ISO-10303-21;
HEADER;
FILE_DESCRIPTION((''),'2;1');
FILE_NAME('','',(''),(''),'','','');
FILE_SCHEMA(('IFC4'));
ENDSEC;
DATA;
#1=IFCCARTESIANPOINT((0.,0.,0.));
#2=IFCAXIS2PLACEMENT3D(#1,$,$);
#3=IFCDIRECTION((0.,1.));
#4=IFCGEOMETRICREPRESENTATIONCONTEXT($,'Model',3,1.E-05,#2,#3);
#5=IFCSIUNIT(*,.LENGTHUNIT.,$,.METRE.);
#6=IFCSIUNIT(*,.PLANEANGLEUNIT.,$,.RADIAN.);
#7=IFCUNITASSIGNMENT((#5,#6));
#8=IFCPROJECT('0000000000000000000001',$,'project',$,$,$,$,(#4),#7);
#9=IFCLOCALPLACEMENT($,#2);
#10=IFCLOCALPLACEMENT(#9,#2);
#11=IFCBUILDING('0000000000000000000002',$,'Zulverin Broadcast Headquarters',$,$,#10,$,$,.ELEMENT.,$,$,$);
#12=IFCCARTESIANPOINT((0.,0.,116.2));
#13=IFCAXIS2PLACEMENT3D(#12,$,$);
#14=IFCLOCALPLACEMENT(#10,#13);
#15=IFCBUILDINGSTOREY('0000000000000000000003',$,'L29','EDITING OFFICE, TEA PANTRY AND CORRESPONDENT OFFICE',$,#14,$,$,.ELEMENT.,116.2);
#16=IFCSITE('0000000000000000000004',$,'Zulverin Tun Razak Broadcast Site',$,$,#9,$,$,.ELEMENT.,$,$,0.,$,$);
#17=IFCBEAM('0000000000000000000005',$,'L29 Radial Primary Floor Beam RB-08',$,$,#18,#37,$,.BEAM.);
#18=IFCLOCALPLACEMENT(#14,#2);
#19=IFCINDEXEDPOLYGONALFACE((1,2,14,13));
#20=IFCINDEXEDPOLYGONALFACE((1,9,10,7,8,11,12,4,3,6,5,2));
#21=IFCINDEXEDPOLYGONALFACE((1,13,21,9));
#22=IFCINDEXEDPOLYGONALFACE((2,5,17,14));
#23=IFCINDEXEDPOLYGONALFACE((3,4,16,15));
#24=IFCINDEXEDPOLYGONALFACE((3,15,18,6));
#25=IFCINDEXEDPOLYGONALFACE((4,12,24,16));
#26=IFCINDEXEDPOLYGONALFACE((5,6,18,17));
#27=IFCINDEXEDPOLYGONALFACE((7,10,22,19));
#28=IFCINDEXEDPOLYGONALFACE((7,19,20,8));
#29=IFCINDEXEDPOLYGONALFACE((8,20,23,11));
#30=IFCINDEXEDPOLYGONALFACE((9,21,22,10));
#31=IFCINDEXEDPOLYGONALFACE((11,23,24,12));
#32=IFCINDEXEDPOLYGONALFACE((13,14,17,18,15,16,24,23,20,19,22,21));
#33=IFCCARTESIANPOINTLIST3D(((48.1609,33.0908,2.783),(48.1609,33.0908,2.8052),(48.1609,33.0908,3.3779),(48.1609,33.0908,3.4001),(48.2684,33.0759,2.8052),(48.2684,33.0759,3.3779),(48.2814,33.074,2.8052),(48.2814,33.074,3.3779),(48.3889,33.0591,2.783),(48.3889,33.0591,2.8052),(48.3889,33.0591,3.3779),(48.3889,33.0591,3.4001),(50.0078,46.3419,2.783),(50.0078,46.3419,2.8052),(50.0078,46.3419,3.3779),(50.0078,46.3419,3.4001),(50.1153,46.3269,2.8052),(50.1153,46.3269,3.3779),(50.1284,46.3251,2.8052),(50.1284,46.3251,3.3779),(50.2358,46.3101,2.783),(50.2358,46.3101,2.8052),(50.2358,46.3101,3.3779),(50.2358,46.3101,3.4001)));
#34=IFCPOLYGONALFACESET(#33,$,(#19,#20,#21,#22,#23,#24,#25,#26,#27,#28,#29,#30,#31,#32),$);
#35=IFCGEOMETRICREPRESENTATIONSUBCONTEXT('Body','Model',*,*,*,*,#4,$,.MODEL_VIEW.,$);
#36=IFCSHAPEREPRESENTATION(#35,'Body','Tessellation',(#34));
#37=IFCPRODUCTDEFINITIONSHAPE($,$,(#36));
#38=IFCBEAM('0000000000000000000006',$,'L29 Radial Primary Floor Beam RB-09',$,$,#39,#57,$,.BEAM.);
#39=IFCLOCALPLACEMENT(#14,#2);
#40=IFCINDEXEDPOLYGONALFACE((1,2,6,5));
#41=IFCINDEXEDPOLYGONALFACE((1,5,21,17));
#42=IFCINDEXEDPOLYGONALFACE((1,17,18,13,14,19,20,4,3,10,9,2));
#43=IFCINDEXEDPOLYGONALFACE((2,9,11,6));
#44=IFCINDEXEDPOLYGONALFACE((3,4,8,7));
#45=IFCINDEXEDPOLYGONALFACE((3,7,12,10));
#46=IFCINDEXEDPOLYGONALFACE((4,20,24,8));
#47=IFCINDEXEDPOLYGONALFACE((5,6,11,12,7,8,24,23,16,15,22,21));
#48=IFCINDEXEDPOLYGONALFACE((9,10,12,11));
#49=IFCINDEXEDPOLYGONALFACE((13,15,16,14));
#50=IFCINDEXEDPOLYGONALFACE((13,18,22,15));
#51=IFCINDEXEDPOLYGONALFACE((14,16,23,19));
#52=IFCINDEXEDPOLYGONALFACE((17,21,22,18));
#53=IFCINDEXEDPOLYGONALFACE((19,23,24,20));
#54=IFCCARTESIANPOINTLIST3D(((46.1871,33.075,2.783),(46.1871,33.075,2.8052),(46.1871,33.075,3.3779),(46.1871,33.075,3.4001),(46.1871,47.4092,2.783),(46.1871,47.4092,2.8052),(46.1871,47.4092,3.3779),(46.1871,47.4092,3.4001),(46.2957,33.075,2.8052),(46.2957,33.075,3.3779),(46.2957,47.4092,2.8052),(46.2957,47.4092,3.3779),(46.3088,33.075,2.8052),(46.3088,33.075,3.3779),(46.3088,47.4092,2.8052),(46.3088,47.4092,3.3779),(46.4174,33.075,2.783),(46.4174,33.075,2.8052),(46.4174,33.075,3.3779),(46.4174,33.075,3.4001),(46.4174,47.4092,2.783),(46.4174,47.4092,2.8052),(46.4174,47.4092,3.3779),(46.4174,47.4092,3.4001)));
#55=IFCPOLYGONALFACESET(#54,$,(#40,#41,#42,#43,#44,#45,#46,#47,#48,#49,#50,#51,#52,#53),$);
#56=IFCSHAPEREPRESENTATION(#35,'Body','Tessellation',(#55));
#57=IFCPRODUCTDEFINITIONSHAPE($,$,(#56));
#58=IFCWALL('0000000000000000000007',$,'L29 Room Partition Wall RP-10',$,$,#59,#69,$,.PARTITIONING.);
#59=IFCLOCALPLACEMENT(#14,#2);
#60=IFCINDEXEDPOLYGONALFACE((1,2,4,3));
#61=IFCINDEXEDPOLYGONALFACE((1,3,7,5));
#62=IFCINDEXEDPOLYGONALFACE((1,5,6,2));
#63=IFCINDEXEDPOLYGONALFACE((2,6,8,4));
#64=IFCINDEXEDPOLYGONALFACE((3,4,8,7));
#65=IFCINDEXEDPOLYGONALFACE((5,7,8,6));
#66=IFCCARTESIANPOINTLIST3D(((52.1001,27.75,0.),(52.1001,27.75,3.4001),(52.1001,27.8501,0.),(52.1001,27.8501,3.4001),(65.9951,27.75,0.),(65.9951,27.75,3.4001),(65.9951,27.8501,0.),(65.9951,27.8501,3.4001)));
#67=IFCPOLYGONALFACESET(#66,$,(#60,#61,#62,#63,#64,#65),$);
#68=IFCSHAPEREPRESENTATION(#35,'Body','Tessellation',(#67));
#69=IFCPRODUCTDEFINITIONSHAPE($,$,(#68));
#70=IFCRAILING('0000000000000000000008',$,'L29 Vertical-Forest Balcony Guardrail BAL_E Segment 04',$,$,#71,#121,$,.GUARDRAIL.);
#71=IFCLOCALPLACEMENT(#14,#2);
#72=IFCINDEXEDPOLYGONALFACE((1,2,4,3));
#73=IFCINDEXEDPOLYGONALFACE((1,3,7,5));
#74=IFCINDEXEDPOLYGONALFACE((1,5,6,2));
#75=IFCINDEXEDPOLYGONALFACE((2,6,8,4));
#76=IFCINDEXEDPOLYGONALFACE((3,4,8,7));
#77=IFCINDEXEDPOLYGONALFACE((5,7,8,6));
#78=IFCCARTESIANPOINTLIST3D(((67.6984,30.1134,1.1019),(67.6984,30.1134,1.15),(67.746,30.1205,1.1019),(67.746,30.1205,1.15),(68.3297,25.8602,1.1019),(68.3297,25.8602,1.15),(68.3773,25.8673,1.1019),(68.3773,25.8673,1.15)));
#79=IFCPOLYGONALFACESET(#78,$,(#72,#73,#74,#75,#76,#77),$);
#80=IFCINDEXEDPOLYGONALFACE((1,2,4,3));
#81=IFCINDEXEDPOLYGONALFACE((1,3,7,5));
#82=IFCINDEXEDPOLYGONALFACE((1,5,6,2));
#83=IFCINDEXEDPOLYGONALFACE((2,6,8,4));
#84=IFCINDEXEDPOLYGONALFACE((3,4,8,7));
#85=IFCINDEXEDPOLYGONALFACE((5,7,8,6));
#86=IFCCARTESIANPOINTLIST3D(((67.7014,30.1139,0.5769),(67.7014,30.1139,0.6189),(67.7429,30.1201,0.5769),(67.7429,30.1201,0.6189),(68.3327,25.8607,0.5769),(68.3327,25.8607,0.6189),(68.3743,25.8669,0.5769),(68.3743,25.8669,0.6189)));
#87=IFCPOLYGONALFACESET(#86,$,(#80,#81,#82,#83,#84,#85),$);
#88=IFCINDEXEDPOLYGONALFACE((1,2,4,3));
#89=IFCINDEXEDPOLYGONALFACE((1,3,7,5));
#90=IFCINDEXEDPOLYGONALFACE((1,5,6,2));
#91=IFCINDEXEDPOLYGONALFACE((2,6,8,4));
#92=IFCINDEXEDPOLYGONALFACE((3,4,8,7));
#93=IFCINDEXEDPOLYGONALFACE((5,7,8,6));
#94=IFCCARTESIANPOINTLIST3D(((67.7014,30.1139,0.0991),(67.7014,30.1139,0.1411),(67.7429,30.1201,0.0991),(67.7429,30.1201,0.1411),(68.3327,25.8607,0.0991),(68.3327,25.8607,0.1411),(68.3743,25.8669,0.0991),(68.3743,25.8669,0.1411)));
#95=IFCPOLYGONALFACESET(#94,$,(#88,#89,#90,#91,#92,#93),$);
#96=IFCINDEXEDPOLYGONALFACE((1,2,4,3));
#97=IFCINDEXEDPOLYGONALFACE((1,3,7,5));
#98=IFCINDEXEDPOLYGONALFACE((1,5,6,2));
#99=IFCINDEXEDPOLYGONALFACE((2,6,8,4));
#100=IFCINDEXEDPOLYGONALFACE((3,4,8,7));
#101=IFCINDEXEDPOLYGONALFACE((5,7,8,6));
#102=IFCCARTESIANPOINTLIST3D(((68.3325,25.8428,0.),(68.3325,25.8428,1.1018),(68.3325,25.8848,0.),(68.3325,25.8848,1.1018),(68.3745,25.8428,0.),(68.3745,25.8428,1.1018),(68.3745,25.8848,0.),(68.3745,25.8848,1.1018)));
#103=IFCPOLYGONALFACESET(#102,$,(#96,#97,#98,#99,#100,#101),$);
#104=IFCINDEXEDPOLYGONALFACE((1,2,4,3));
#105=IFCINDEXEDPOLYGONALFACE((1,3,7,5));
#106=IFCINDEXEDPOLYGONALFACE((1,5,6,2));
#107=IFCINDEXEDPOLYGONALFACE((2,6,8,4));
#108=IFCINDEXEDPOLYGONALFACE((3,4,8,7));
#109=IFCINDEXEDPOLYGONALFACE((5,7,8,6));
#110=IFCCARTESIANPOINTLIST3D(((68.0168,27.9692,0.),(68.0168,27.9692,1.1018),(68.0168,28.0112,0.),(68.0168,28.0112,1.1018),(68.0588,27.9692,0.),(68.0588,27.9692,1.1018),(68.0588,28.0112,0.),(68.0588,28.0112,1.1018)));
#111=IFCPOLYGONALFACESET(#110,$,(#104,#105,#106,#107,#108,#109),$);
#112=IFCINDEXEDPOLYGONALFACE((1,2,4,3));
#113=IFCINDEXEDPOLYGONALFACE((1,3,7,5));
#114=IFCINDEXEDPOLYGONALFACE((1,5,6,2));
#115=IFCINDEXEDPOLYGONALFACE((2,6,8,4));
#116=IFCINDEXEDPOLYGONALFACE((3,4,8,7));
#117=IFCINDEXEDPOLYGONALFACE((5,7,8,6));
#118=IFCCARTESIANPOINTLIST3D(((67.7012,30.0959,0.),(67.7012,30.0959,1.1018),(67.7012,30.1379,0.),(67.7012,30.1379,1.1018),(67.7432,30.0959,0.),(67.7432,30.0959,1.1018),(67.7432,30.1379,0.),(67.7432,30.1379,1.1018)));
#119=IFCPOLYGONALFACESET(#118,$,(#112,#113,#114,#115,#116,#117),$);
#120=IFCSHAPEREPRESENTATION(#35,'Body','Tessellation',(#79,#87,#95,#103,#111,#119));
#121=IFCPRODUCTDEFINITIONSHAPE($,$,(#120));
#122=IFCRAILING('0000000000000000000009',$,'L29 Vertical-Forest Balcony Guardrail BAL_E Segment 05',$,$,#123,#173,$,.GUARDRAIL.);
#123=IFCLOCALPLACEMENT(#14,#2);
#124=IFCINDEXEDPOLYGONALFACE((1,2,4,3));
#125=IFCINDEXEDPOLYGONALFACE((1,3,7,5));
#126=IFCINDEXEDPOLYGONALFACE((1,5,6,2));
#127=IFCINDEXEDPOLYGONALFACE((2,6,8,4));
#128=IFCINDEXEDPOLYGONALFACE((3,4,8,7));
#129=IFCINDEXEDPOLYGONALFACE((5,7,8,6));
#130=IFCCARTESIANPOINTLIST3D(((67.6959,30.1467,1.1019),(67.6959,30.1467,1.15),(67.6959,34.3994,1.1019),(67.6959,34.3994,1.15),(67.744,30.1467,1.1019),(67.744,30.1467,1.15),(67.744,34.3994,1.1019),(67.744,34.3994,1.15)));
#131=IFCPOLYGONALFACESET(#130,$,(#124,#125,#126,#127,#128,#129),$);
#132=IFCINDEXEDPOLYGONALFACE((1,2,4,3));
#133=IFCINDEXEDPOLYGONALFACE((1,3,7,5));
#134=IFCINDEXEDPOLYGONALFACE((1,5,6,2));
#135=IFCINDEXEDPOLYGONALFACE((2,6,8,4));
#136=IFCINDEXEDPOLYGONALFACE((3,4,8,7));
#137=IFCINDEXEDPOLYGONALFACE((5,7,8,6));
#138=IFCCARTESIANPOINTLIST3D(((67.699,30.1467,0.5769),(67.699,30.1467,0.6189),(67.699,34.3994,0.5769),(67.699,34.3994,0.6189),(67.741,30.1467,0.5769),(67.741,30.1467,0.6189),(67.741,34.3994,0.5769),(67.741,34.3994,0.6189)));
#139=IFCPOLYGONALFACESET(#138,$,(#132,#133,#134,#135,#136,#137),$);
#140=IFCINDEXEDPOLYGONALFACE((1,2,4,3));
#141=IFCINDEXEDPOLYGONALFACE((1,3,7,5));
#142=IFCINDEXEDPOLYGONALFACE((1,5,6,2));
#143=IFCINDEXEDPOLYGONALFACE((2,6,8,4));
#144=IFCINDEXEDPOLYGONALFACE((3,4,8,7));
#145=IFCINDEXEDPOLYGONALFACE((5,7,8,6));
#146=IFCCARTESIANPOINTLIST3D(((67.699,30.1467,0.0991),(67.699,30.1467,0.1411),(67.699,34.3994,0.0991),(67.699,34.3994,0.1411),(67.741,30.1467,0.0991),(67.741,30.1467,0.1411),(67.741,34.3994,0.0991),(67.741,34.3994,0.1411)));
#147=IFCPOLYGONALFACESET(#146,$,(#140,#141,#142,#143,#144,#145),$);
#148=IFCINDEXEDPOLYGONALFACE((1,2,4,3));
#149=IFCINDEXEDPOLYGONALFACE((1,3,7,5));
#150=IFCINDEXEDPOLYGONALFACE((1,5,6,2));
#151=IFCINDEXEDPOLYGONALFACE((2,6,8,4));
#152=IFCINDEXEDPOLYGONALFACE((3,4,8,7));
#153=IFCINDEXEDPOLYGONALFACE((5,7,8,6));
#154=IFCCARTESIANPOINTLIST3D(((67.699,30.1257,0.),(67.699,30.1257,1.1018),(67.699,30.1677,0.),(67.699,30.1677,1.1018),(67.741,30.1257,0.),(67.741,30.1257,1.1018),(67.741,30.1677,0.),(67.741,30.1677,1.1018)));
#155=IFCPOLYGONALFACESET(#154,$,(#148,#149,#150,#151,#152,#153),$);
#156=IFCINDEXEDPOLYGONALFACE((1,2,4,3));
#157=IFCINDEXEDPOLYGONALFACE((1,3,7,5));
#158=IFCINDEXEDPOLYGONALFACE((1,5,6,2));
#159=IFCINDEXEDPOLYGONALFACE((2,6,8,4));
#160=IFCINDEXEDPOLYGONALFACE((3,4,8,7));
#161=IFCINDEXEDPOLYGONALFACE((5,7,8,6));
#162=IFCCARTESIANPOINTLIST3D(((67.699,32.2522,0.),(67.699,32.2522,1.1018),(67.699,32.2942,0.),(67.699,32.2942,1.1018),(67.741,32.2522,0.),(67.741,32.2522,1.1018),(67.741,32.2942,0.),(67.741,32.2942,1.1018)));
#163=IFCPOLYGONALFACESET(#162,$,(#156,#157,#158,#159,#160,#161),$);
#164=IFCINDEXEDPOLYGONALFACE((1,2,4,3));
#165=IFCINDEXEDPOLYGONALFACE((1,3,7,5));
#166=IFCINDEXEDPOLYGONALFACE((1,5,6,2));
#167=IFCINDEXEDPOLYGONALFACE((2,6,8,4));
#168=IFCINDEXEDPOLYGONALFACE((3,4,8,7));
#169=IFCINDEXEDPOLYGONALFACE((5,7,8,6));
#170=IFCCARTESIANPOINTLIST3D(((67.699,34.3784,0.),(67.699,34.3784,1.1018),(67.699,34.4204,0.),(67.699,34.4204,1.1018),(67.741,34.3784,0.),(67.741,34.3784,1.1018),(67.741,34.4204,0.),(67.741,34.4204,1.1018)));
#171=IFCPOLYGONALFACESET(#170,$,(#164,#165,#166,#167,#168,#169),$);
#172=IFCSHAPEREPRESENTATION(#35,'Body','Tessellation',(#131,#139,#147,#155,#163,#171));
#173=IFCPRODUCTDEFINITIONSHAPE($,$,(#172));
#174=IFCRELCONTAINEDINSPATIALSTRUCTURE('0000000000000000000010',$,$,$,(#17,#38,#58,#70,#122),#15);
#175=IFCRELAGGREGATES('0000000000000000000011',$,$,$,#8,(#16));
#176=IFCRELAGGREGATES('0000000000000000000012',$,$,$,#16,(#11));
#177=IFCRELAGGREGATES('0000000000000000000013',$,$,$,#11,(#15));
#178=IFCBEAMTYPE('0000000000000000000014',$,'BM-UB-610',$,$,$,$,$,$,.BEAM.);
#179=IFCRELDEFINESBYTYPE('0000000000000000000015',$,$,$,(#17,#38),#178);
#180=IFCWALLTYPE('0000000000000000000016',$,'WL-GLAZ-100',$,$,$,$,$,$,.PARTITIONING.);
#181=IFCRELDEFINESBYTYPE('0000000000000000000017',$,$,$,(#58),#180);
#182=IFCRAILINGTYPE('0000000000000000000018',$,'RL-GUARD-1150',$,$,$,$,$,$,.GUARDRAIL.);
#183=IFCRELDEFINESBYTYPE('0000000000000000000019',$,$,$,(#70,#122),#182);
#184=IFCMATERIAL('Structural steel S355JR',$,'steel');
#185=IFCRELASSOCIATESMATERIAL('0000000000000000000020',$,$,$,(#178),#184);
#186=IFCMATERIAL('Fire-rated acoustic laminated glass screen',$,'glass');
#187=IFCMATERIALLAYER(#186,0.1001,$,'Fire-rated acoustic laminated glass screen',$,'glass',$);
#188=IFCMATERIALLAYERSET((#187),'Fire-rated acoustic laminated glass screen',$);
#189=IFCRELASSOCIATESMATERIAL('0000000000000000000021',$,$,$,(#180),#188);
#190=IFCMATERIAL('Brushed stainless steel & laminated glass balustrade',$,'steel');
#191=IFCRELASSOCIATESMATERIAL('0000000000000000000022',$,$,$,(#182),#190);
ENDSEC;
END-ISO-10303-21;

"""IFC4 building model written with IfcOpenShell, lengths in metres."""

from ifc_helpers import new_model, si_unit, direction, frame, frame_2d, origin, origin_2d, place, context, subcontext, project, spatial, rectangle, i_section, extrude, material, layer, layer_set, material_profile, profile_set, type_object, element, save


model = new_model("IFC4")

# Units and contexts
model_context = context("Model", 3, precision=1e-05, world=origin(), true_north=direction((0.0, 1.0)))
body_context = subcontext(model_context, "Body", "Model", "MODEL_VIEW")
ifc_project = project(units=[si_unit("LENGTHUNIT", "METRE"), si_unit("PLANEANGLEUNIT", "RADIAN")], contexts=[model_context])

# Site, building, storey
site_placement = place(None, origin())
site = spatial("IfcSite", under=ifc_project, at=site_placement, Name="Zulverin Tun Razak Broadcast Site", CompositionType="ELEMENT", RefElevation=0.0)
building_placement = place(site_placement, origin())
building = spatial("IfcBuilding", under=site, at=building_placement, Name="Zulverin Broadcast Headquarters", CompositionType="ELEMENT")
storey_placement = place(building_placement, frame((0.0, 0.0, 116.2)))
storey = spatial("IfcBuildingStorey", under=building, at=storey_placement, Name="L29", Description="EDITING OFFICE, TEA PANTRY AND CORRESPONDENT OFFICE", CompositionType="ELEMENT", Elevation=116.2)

# Beams
ifc_material_1 = material(Name="Structural steel S355JR", Category="steel")
ifc_material_profile_1 = material_profile(ifc_material_1, i_section(OverallWidth=0.2302, OverallDepth=0.6172, WebThickness=0.0132, FlangeThickness=0.0222, at=origin_2d()), Name="Structural steel S355JR", Category="steel")
ifc_profile_set_1 = profile_set([ifc_material_profile_1], Name="Structural steel S355JR")
beam_type_1 = type_object("IfcBeamType", Name="BM-UB-610", PredefinedType="BEAM", material=ifc_profile_set_1)
beam_1_placement = place(storey_placement, frame((48.2749, 33.075, 3.0916), z_axis=(0.138046, 0.990426, 0.0), x_axis=(-0.990426, 0.138046, 0.0)))
element("IfcBeam", 1, at=beam_1_placement, inside=storey, type_object=beam_type_1, Name="L29 Radial Primary Floor Beam RB-08", PredefinedType="BEAM", context=body_context, shape_type="SweptSolid", body=[
    extrude(i_section(OverallWidth=0.2302, OverallDepth=0.6172, WebThickness=0.0132, FlangeThickness=0.0222, at=origin_2d()), origin(), (0.0, 0.0, 1.0), 13.3792),
])
beam_2_placement = place(storey_placement, frame((46.3022, 33.075, 3.0916), z_axis=(0.0, 1.0, 0.0), x_axis=(-1.0, 0.0, 0.0)))
element("IfcBeam", 2, at=beam_2_placement, inside=storey, type_object=beam_type_1, Name="L29 Radial Primary Floor Beam RB-09", PredefinedType="BEAM", context=body_context, shape_type="SweptSolid", body=[
    extrude(i_section(OverallWidth=0.2302, OverallDepth=0.6172, WebThickness=0.0132, FlangeThickness=0.0222, at=origin_2d()), origin(), (0.0, 0.0, 1.0), 14.3342),
])

# Wall
ifc_material_2 = material(Name="Fire-rated acoustic laminated glass screen", Category="glass")
ifc_layer_1 = layer(ifc_material_2, 0.1001, Name="Fire-rated acoustic laminated glass screen", Category="glass")
ifc_layer_set_1 = layer_set([ifc_layer_1], Name="Fire-rated acoustic laminated glass screen")
wall_type = type_object("IfcWallType", Name="WL-GLAZ-100", PredefinedType="PARTITIONING", material=ifc_layer_set_1)
wall_placement = place(storey_placement, frame((52.1001, 27.8, 0.0), z_axis=(0.0, 0.0, 1.0), x_axis=(1.0, 0.0, 0.0)))
element("IfcWall", 3, at=wall_placement, inside=storey, type_object=wall_type, Name="L29 Room Partition Wall RP-10", PredefinedType="PARTITIONING", context=body_context, shape_type="SweptSolid", body=[
    extrude(rectangle(XDim=13.895, YDim=0.1001, at=frame_2d((6.9475, 0.0))), origin(), (0.0, 0.0, 1.0), 3.4001),
])

# Railings
ifc_material_3 = material(Name="Brushed stainless steel & laminated glass balustrade", Category="steel")
railing_type = type_object("IfcRailingType", Name="RL-GUARD-1150", PredefinedType="GUARDRAIL", material=ifc_material_3)
railing_1_placement = place(storey_placement, frame((68.3535, 25.8638, 0.0)))
element("IfcRailing", 4, at=railing_1_placement, inside=storey, type_object=railing_type, Name="L29 Vertical-Forest Balcony Guardrail BAL_E Segment 04", PredefinedType="GUARDRAIL", context=body_context, shape_type="SweptSolid", body=[
    extrude(rectangle(XDim=0.0481, YDim=0.0481, at=origin_2d()), frame((0.0, 0.0, 1.126), z_axis=(-0.146833, 0.989161, 0.0), x_axis=(-0.989161, -0.146833, 0.0)), (0.0, 0.0, 1.0), 4.2998),
    extrude(rectangle(XDim=0.042, YDim=0.042, at=origin_2d()), frame((0.0, 0.0, 0.5979), z_axis=(-0.146833, 0.989161, 0.0), x_axis=(-0.989161, -0.146833, 0.0)), (0.0, 0.0, 1.0), 4.2998),
    extrude(rectangle(XDim=0.042, YDim=0.042, at=origin_2d()), frame((0.0, 0.0, 0.1201), z_axis=(-0.146833, 0.989161, 0.0), x_axis=(-0.989161, -0.146833, 0.0)), (0.0, 0.0, 1.0), 4.2998),
    extrude(rectangle(XDim=0.042, YDim=0.042, at=origin_2d()), origin(), (0.0, 0.0, 1.0), 1.1018),
    extrude(rectangle(XDim=0.042, YDim=0.042, at=origin_2d()), frame((-0.3157, 2.1265, 0.0)), (0.0, 0.0, 1.0), 1.1018),
    extrude(rectangle(XDim=0.042, YDim=0.042, at=origin_2d()), frame((-0.6313, 4.2532, 0.0)), (0.0, 0.0, 1.0), 1.1018),
])
railing_2_placement = place(storey_placement, frame((67.72, 30.1467, 0.0)))
element("IfcRailing", 5, at=railing_2_placement, inside=storey, type_object=railing_type, Name="L29 Vertical-Forest Balcony Guardrail BAL_E Segment 05", PredefinedType="GUARDRAIL", context=body_context, shape_type="SweptSolid", body=[
    extrude(rectangle(XDim=0.0481, YDim=0.0481, at=origin_2d()), frame((0.0, 0.0, 1.126), z_axis=(0.0, 1.0, 0.0), x_axis=(-1.0, 0.0, 0.0)), (0.0, 0.0, 1.0), 4.2527),
    extrude(rectangle(XDim=0.042, YDim=0.042, at=origin_2d()), frame((0.0, 0.0, 0.5979), z_axis=(0.0, 1.0, 0.0), x_axis=(-1.0, 0.0, 0.0)), (0.0, 0.0, 1.0), 4.2527),
    extrude(rectangle(XDim=0.042, YDim=0.042, at=origin_2d()), frame((0.0, 0.0, 0.1201), z_axis=(0.0, 1.0, 0.0), x_axis=(-1.0, 0.0, 0.0)), (0.0, 0.0, 1.0), 4.2527),
    extrude(rectangle(XDim=0.042, YDim=0.042, at=origin_2d()), origin(), (0.0, 0.0, 1.0), 1.1018),
    extrude(rectangle(XDim=0.042, YDim=0.042, at=origin_2d()), frame((0.0, 2.1265, 0.0)), (0.0, 0.0, 1.0), 1.1018),
    extrude(rectangle(XDim=0.042, YDim=0.042, at=origin_2d()), frame((0.0, 4.2527, 0.0)), (0.0, 0.0, 1.0), 1.1018),
])

save(model, "model.ifc")
